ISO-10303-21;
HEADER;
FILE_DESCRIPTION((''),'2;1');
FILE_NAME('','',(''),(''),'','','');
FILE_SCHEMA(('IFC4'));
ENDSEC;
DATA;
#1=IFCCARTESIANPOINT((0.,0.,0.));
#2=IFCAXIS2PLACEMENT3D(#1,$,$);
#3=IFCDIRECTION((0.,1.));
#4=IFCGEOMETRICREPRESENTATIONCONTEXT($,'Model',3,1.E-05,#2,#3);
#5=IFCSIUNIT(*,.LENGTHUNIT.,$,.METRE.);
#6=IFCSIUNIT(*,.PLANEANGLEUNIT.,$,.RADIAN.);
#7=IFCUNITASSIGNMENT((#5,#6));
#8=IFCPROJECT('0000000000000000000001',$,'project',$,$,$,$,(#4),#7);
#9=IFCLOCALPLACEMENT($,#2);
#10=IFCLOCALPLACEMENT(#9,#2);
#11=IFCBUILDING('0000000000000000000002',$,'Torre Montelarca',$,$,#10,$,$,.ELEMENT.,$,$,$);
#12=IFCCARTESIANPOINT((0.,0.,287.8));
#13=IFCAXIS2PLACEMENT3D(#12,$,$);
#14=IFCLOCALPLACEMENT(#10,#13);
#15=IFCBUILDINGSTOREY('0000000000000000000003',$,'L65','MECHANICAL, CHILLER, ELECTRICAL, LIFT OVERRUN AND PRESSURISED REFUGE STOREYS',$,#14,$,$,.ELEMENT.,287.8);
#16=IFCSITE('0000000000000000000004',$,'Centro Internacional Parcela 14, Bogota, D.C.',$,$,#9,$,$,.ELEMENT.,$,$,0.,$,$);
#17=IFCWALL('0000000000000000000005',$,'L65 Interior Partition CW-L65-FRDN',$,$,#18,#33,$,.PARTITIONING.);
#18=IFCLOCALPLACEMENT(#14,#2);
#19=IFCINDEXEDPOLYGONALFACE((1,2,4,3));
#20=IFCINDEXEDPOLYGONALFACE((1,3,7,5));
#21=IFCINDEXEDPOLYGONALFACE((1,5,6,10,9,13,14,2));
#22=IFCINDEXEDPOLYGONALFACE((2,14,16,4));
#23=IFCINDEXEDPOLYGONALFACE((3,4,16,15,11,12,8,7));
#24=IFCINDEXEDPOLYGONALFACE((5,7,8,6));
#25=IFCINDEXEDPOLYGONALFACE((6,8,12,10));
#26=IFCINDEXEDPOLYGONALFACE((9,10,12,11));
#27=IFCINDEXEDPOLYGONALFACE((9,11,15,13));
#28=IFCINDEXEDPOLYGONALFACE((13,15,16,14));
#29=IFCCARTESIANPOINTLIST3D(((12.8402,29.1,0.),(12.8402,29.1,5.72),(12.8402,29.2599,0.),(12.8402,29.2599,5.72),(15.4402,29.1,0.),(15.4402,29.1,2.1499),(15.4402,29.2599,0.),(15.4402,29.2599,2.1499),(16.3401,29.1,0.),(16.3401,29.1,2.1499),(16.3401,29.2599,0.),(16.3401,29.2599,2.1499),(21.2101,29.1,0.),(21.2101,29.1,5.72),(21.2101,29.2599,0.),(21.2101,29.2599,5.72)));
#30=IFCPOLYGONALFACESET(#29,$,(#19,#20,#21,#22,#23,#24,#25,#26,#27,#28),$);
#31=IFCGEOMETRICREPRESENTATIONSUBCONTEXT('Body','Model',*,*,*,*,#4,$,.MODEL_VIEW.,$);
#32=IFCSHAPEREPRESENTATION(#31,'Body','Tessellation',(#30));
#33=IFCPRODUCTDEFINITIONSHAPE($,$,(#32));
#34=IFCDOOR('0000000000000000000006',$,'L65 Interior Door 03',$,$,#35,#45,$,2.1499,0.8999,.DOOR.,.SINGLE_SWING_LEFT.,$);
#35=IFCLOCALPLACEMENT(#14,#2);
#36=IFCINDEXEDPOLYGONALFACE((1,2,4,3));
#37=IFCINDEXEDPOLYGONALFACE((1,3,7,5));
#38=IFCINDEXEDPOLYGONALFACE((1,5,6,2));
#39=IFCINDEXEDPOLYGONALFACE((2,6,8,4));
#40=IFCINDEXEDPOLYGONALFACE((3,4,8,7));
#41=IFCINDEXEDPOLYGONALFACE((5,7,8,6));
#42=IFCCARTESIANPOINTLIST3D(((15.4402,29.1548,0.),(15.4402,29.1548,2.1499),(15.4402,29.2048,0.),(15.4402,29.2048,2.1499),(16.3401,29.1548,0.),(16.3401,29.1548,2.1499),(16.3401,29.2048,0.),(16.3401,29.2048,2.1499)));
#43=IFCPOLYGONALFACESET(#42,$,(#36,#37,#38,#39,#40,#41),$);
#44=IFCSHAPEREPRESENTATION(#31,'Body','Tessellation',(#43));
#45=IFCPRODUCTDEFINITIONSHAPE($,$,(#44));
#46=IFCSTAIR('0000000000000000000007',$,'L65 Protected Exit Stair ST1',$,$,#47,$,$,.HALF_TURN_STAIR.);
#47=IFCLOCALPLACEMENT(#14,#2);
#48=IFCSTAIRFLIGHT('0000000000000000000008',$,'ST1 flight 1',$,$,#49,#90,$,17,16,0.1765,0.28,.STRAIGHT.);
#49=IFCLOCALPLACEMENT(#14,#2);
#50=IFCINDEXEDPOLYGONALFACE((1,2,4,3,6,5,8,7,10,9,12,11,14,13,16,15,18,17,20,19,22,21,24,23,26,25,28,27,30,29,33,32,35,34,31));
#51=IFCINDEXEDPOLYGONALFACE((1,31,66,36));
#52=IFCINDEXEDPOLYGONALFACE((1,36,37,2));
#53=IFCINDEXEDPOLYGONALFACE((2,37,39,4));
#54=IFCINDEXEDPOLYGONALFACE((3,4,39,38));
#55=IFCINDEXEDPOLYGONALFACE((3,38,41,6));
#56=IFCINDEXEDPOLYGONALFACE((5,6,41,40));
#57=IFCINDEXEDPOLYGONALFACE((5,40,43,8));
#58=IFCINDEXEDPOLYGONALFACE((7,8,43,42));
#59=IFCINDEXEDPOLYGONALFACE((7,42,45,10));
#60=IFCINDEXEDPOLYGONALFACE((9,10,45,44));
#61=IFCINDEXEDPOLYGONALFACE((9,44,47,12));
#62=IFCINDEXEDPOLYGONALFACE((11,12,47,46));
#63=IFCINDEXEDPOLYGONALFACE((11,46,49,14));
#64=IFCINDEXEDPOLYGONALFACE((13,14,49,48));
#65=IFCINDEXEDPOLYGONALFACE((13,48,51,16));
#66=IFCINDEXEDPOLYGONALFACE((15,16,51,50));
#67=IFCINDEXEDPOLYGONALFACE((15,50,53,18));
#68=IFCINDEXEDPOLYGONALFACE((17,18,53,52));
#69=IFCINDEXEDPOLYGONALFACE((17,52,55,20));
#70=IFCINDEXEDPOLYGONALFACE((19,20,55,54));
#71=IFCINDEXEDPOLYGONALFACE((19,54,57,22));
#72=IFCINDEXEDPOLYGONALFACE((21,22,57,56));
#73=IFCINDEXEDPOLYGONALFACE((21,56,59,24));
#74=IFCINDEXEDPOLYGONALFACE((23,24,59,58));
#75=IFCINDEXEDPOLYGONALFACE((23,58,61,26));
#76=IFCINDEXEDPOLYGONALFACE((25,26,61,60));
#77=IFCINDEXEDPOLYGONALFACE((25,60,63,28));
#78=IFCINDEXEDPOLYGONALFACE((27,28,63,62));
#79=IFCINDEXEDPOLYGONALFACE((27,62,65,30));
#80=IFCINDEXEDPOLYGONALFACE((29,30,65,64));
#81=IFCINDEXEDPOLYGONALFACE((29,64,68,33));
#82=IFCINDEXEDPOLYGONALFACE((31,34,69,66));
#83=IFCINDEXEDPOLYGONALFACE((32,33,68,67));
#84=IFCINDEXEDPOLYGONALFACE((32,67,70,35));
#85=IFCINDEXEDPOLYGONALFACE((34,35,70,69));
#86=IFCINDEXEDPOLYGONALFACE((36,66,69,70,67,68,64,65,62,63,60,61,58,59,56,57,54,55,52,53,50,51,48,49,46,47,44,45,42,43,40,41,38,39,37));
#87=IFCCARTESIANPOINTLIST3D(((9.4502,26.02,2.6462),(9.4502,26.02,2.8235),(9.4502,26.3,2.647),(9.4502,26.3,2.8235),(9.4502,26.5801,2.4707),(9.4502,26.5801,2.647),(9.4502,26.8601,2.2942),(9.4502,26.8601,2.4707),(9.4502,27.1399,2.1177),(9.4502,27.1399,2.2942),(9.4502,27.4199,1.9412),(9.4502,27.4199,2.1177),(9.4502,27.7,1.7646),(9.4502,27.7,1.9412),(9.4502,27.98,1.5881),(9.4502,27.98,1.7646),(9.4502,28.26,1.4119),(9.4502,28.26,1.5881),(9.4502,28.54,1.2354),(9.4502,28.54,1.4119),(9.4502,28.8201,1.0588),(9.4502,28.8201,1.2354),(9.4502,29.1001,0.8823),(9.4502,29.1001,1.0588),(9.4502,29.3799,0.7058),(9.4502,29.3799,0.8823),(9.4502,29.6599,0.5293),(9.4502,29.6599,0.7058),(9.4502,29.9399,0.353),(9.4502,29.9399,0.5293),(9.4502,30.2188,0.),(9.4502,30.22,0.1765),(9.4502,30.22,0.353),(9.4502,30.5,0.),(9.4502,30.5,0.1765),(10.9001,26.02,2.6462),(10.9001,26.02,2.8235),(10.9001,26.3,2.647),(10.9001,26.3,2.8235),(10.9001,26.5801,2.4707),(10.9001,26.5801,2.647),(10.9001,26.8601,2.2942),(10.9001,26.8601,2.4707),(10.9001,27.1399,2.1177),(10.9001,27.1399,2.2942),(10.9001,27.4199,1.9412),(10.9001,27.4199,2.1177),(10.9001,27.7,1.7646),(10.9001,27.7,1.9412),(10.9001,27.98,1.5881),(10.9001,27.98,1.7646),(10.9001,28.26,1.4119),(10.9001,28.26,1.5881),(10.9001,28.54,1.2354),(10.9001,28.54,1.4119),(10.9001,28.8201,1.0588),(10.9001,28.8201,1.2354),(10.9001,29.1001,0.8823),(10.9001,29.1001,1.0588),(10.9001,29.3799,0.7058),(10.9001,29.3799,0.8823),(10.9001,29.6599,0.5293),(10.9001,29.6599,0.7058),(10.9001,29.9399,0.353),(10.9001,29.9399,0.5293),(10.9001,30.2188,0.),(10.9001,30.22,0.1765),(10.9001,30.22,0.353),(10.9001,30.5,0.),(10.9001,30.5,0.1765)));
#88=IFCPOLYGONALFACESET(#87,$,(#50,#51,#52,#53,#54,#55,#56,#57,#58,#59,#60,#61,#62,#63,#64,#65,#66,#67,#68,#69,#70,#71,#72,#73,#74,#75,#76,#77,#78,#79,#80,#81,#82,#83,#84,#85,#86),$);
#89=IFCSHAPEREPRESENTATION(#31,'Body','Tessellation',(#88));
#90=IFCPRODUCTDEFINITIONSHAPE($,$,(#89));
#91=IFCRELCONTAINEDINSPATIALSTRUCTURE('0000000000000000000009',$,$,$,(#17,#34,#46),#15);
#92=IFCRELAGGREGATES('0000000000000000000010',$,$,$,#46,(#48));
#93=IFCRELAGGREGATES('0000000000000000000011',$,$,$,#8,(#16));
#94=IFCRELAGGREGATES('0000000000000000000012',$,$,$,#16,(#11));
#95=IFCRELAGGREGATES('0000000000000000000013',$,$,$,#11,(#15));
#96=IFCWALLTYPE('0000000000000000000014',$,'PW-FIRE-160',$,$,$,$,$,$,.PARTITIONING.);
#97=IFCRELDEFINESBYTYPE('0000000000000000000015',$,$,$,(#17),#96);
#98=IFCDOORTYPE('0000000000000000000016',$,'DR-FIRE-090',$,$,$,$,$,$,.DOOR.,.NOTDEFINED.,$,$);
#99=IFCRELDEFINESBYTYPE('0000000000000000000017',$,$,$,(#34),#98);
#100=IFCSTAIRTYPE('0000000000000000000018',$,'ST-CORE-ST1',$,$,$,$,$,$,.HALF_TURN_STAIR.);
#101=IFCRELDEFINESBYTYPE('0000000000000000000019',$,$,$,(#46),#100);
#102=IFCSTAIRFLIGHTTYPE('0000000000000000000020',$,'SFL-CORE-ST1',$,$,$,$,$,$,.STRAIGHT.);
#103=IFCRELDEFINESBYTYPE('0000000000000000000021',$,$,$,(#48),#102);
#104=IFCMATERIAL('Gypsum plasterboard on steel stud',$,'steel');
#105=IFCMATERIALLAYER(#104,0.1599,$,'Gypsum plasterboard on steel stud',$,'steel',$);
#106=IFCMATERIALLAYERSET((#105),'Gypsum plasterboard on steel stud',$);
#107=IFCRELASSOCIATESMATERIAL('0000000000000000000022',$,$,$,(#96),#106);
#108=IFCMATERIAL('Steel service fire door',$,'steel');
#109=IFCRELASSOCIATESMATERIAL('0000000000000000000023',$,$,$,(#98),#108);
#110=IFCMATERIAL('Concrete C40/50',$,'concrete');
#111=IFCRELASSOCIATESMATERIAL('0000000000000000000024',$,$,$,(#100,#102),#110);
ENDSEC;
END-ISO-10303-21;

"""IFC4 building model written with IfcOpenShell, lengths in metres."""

from ifc_helpers import new_model, si_unit, direction, frame, frame_2d, origin, place, context, subcontext, project, spatial, polyline, rectangle, outline, extrude, source, transform, mapped, material, layer, layer_set, type_object, element, fill, aggregate, save


model = new_model("IFC4")

# Units and contexts
model_context = context("Model", 3, precision=1e-05, world=origin(), true_north=direction((0.0, 1.0)))
body_context = subcontext(model_context, "Body", "Model", "MODEL_VIEW")
ifc_project = project(units=[si_unit("LENGTHUNIT", "METRE"), si_unit("PLANEANGLEUNIT", "RADIAN")], contexts=[model_context])

# Site, building, storey
site_placement = place(None, origin())
site = spatial("IfcSite", under=ifc_project, at=site_placement, Name="Centro Internacional Parcela 14, Bogota, D.C.", CompositionType="ELEMENT", RefElevation=0.0)
building_placement = place(site_placement, origin())
building = spatial("IfcBuilding", under=site, at=building_placement, Name="Torre Montelarca", CompositionType="ELEMENT")
storey_placement = place(building_placement, frame((0.0, 0.0, 287.8)))
storey = spatial("IfcBuildingStorey", under=building, at=storey_placement, Name="L65", Description="MECHANICAL, CHILLER, ELECTRICAL, LIFT OVERRUN AND PRESSURISED REFUGE STOREYS", CompositionType="ELEMENT", Elevation=287.8)

# Shared definitions
ifc_material_1 = material(Name="Concrete C40/50", Category="concrete")

# Shared definitions
ifc_material_2 = material(Name="Gypsum plasterboard on steel stud", Category="steel")
ifc_layer_1 = layer(ifc_material_2, 0.1599, Name="Gypsum plasterboard on steel stud", Category="steel")
ifc_layer_set_1 = layer_set([ifc_layer_1], Name="Gypsum plasterboard on steel stud")
wall_type_1 = type_object("IfcWallType", Name="PW-FIRE-160", PredefinedType="PARTITIONING", material=ifc_layer_set_1)
ifc_material_3 = material(Name="Steel service fire door", Category="steel")
door_type_1 = type_object("IfcDoorType", Name="DR-FIRE-090", OperationType="NOTDEFINED", PredefinedType="DOOR", material=ifc_material_3)
shared_shape_1 = source(origin(), body_context, "Body", "SweptSolid", [
    extrude(rectangle(XDim=0.8999, YDim=2.1499, at=frame_2d((0.45, 1.075))), frame((0.0, 0.0249, 0.0), z_axis=(0.0, -1.0, 0.0), x_axis=(1.0, 0.0, 0.0)), (0.0, 0.0, 1.0), 0.05),
])

# Wall, opening, door
wall_1_placement = place(storey_placement, frame((12.8401, 29.1799, 0.0), z_axis=(0.0, 0.0, 1.0), x_axis=(1.0, 0.0, 0.0)))
wall_1 = element("IfcWall", 1, at=wall_1_placement, inside=storey, type_object=wall_type_1, Name="L65 Interior Partition CW-L65-FRDN", PredefinedType="PARTITIONING", context=body_context, shape_type="SweptSolid", body=[
    extrude(rectangle(XDim=8.3699, YDim=0.1599, at=frame_2d((4.1851, 0.0))), origin(), (0.0, 0.0, 1.0), 5.72),
])
opening_1_placement = place(wall_1_placement, frame((2.6001, 0.0, 0.0)))
opening_1 = element("IfcOpeningElement", 2, at=opening_1_placement, cuts=wall_1, PredefinedType="OPENING", context=body_context, shape_type="SweptSolid", body=[
    extrude(rectangle(XDim=0.8999, YDim=2.1499, at=frame_2d((0.45, 1.075))), frame((0.0, 0.0898, 0.0), z_axis=(0.0, -1.0, 0.0), x_axis=(1.0, 0.0, 0.0)), (0.0, 0.0, 1.0), 0.1799),
])
door_1_placement = place(opening_1_placement, origin())
door_1 = element("IfcDoor", 3, at=door_1_placement, inside=storey, type_object=door_type_1, Name="L65 Interior Door 03", OperationType="SINGLE_SWING_LEFT", OverallHeight=2.1499, OverallWidth=0.8999, PredefinedType="DOOR", context=body_context, shape_type="MappedRepresentation", body=[
    mapped(shared_shape_1, transform((0.0, 0.0, 0.0), scale=1.0)),
])
fill(opening_1, door_1)

# Stair, stair flight
stair_type = type_object("IfcStairType", Name="ST-CORE-ST1", PredefinedType="HALF_TURN_STAIR", material=ifc_material_1)
stair_placement = place(storey_placement, origin())
stair = element("IfcStair", 4, at=stair_placement, inside=storey, type_object=stair_type, Name="L65 Protected Exit Stair ST1", PredefinedType="HALF_TURN_STAIR")
stair_flight_type = type_object("IfcStairFlightType", Name="SFL-CORE-ST1", PredefinedType="STRAIGHT", material=ifc_material_1)
stair_flight_placement = place(storey_placement, frame((10.175, 30.5, 0.0), z_axis=(0.0, 0.0, 1.0), x_axis=(0.0, -1.0, 0.0)))
stair_flight = element("IfcStairFlight", 5, at=stair_flight_placement, type_object=stair_flight_type, Name="ST1 flight 1", NumberOfRisers=17, NumberOfTreads=16, PredefinedType="STRAIGHT", RiserHeight=0.1765, TreadLength=0.28, context=body_context, shape_type="SweptSolid", body=[
    extrude(outline(polyline([(0.0, 0.0), (0.0, 0.1765), (0.28, 0.1765), (0.28, 0.353), (0.5601, 0.353), (0.5601, 0.5293), (0.8401, 0.5293), (0.8401, 0.7058), (1.1201, 0.7058), (1.1201, 0.8823), (1.3999, 0.8823), (1.3999, 1.0588), (1.6799, 1.0588), (1.6799, 1.2354), (1.96, 1.2354), (1.96, 1.4119), (2.24, 1.4119), (2.24, 1.5881), (2.52, 1.5881), (2.52, 1.7646), (2.8, 1.7646), (2.8, 1.9412), (3.0801, 1.9412), (3.0801, 2.1177), (3.3601, 2.1177), (3.3601, 2.2942), (3.6399, 2.2942), (3.6399, 2.4707), (3.9199, 2.4707), (3.9199, 2.647), (4.2, 2.647), (4.2, 2.8235), (4.48, 2.8235), (4.48, 3.0), (4.48, 2.6462), (0.2812, 0.0), (0.0, 0.0)])), frame((0.0, 0.7251, 0.0), z_axis=(0.0, -1.0, 0.0), x_axis=(1.0, 0.0, 0.0)), (0.0, 0.0, 1.0), 1.45),
])
aggregate(stair, [stair_flight])

save(model, "model.ifc")
